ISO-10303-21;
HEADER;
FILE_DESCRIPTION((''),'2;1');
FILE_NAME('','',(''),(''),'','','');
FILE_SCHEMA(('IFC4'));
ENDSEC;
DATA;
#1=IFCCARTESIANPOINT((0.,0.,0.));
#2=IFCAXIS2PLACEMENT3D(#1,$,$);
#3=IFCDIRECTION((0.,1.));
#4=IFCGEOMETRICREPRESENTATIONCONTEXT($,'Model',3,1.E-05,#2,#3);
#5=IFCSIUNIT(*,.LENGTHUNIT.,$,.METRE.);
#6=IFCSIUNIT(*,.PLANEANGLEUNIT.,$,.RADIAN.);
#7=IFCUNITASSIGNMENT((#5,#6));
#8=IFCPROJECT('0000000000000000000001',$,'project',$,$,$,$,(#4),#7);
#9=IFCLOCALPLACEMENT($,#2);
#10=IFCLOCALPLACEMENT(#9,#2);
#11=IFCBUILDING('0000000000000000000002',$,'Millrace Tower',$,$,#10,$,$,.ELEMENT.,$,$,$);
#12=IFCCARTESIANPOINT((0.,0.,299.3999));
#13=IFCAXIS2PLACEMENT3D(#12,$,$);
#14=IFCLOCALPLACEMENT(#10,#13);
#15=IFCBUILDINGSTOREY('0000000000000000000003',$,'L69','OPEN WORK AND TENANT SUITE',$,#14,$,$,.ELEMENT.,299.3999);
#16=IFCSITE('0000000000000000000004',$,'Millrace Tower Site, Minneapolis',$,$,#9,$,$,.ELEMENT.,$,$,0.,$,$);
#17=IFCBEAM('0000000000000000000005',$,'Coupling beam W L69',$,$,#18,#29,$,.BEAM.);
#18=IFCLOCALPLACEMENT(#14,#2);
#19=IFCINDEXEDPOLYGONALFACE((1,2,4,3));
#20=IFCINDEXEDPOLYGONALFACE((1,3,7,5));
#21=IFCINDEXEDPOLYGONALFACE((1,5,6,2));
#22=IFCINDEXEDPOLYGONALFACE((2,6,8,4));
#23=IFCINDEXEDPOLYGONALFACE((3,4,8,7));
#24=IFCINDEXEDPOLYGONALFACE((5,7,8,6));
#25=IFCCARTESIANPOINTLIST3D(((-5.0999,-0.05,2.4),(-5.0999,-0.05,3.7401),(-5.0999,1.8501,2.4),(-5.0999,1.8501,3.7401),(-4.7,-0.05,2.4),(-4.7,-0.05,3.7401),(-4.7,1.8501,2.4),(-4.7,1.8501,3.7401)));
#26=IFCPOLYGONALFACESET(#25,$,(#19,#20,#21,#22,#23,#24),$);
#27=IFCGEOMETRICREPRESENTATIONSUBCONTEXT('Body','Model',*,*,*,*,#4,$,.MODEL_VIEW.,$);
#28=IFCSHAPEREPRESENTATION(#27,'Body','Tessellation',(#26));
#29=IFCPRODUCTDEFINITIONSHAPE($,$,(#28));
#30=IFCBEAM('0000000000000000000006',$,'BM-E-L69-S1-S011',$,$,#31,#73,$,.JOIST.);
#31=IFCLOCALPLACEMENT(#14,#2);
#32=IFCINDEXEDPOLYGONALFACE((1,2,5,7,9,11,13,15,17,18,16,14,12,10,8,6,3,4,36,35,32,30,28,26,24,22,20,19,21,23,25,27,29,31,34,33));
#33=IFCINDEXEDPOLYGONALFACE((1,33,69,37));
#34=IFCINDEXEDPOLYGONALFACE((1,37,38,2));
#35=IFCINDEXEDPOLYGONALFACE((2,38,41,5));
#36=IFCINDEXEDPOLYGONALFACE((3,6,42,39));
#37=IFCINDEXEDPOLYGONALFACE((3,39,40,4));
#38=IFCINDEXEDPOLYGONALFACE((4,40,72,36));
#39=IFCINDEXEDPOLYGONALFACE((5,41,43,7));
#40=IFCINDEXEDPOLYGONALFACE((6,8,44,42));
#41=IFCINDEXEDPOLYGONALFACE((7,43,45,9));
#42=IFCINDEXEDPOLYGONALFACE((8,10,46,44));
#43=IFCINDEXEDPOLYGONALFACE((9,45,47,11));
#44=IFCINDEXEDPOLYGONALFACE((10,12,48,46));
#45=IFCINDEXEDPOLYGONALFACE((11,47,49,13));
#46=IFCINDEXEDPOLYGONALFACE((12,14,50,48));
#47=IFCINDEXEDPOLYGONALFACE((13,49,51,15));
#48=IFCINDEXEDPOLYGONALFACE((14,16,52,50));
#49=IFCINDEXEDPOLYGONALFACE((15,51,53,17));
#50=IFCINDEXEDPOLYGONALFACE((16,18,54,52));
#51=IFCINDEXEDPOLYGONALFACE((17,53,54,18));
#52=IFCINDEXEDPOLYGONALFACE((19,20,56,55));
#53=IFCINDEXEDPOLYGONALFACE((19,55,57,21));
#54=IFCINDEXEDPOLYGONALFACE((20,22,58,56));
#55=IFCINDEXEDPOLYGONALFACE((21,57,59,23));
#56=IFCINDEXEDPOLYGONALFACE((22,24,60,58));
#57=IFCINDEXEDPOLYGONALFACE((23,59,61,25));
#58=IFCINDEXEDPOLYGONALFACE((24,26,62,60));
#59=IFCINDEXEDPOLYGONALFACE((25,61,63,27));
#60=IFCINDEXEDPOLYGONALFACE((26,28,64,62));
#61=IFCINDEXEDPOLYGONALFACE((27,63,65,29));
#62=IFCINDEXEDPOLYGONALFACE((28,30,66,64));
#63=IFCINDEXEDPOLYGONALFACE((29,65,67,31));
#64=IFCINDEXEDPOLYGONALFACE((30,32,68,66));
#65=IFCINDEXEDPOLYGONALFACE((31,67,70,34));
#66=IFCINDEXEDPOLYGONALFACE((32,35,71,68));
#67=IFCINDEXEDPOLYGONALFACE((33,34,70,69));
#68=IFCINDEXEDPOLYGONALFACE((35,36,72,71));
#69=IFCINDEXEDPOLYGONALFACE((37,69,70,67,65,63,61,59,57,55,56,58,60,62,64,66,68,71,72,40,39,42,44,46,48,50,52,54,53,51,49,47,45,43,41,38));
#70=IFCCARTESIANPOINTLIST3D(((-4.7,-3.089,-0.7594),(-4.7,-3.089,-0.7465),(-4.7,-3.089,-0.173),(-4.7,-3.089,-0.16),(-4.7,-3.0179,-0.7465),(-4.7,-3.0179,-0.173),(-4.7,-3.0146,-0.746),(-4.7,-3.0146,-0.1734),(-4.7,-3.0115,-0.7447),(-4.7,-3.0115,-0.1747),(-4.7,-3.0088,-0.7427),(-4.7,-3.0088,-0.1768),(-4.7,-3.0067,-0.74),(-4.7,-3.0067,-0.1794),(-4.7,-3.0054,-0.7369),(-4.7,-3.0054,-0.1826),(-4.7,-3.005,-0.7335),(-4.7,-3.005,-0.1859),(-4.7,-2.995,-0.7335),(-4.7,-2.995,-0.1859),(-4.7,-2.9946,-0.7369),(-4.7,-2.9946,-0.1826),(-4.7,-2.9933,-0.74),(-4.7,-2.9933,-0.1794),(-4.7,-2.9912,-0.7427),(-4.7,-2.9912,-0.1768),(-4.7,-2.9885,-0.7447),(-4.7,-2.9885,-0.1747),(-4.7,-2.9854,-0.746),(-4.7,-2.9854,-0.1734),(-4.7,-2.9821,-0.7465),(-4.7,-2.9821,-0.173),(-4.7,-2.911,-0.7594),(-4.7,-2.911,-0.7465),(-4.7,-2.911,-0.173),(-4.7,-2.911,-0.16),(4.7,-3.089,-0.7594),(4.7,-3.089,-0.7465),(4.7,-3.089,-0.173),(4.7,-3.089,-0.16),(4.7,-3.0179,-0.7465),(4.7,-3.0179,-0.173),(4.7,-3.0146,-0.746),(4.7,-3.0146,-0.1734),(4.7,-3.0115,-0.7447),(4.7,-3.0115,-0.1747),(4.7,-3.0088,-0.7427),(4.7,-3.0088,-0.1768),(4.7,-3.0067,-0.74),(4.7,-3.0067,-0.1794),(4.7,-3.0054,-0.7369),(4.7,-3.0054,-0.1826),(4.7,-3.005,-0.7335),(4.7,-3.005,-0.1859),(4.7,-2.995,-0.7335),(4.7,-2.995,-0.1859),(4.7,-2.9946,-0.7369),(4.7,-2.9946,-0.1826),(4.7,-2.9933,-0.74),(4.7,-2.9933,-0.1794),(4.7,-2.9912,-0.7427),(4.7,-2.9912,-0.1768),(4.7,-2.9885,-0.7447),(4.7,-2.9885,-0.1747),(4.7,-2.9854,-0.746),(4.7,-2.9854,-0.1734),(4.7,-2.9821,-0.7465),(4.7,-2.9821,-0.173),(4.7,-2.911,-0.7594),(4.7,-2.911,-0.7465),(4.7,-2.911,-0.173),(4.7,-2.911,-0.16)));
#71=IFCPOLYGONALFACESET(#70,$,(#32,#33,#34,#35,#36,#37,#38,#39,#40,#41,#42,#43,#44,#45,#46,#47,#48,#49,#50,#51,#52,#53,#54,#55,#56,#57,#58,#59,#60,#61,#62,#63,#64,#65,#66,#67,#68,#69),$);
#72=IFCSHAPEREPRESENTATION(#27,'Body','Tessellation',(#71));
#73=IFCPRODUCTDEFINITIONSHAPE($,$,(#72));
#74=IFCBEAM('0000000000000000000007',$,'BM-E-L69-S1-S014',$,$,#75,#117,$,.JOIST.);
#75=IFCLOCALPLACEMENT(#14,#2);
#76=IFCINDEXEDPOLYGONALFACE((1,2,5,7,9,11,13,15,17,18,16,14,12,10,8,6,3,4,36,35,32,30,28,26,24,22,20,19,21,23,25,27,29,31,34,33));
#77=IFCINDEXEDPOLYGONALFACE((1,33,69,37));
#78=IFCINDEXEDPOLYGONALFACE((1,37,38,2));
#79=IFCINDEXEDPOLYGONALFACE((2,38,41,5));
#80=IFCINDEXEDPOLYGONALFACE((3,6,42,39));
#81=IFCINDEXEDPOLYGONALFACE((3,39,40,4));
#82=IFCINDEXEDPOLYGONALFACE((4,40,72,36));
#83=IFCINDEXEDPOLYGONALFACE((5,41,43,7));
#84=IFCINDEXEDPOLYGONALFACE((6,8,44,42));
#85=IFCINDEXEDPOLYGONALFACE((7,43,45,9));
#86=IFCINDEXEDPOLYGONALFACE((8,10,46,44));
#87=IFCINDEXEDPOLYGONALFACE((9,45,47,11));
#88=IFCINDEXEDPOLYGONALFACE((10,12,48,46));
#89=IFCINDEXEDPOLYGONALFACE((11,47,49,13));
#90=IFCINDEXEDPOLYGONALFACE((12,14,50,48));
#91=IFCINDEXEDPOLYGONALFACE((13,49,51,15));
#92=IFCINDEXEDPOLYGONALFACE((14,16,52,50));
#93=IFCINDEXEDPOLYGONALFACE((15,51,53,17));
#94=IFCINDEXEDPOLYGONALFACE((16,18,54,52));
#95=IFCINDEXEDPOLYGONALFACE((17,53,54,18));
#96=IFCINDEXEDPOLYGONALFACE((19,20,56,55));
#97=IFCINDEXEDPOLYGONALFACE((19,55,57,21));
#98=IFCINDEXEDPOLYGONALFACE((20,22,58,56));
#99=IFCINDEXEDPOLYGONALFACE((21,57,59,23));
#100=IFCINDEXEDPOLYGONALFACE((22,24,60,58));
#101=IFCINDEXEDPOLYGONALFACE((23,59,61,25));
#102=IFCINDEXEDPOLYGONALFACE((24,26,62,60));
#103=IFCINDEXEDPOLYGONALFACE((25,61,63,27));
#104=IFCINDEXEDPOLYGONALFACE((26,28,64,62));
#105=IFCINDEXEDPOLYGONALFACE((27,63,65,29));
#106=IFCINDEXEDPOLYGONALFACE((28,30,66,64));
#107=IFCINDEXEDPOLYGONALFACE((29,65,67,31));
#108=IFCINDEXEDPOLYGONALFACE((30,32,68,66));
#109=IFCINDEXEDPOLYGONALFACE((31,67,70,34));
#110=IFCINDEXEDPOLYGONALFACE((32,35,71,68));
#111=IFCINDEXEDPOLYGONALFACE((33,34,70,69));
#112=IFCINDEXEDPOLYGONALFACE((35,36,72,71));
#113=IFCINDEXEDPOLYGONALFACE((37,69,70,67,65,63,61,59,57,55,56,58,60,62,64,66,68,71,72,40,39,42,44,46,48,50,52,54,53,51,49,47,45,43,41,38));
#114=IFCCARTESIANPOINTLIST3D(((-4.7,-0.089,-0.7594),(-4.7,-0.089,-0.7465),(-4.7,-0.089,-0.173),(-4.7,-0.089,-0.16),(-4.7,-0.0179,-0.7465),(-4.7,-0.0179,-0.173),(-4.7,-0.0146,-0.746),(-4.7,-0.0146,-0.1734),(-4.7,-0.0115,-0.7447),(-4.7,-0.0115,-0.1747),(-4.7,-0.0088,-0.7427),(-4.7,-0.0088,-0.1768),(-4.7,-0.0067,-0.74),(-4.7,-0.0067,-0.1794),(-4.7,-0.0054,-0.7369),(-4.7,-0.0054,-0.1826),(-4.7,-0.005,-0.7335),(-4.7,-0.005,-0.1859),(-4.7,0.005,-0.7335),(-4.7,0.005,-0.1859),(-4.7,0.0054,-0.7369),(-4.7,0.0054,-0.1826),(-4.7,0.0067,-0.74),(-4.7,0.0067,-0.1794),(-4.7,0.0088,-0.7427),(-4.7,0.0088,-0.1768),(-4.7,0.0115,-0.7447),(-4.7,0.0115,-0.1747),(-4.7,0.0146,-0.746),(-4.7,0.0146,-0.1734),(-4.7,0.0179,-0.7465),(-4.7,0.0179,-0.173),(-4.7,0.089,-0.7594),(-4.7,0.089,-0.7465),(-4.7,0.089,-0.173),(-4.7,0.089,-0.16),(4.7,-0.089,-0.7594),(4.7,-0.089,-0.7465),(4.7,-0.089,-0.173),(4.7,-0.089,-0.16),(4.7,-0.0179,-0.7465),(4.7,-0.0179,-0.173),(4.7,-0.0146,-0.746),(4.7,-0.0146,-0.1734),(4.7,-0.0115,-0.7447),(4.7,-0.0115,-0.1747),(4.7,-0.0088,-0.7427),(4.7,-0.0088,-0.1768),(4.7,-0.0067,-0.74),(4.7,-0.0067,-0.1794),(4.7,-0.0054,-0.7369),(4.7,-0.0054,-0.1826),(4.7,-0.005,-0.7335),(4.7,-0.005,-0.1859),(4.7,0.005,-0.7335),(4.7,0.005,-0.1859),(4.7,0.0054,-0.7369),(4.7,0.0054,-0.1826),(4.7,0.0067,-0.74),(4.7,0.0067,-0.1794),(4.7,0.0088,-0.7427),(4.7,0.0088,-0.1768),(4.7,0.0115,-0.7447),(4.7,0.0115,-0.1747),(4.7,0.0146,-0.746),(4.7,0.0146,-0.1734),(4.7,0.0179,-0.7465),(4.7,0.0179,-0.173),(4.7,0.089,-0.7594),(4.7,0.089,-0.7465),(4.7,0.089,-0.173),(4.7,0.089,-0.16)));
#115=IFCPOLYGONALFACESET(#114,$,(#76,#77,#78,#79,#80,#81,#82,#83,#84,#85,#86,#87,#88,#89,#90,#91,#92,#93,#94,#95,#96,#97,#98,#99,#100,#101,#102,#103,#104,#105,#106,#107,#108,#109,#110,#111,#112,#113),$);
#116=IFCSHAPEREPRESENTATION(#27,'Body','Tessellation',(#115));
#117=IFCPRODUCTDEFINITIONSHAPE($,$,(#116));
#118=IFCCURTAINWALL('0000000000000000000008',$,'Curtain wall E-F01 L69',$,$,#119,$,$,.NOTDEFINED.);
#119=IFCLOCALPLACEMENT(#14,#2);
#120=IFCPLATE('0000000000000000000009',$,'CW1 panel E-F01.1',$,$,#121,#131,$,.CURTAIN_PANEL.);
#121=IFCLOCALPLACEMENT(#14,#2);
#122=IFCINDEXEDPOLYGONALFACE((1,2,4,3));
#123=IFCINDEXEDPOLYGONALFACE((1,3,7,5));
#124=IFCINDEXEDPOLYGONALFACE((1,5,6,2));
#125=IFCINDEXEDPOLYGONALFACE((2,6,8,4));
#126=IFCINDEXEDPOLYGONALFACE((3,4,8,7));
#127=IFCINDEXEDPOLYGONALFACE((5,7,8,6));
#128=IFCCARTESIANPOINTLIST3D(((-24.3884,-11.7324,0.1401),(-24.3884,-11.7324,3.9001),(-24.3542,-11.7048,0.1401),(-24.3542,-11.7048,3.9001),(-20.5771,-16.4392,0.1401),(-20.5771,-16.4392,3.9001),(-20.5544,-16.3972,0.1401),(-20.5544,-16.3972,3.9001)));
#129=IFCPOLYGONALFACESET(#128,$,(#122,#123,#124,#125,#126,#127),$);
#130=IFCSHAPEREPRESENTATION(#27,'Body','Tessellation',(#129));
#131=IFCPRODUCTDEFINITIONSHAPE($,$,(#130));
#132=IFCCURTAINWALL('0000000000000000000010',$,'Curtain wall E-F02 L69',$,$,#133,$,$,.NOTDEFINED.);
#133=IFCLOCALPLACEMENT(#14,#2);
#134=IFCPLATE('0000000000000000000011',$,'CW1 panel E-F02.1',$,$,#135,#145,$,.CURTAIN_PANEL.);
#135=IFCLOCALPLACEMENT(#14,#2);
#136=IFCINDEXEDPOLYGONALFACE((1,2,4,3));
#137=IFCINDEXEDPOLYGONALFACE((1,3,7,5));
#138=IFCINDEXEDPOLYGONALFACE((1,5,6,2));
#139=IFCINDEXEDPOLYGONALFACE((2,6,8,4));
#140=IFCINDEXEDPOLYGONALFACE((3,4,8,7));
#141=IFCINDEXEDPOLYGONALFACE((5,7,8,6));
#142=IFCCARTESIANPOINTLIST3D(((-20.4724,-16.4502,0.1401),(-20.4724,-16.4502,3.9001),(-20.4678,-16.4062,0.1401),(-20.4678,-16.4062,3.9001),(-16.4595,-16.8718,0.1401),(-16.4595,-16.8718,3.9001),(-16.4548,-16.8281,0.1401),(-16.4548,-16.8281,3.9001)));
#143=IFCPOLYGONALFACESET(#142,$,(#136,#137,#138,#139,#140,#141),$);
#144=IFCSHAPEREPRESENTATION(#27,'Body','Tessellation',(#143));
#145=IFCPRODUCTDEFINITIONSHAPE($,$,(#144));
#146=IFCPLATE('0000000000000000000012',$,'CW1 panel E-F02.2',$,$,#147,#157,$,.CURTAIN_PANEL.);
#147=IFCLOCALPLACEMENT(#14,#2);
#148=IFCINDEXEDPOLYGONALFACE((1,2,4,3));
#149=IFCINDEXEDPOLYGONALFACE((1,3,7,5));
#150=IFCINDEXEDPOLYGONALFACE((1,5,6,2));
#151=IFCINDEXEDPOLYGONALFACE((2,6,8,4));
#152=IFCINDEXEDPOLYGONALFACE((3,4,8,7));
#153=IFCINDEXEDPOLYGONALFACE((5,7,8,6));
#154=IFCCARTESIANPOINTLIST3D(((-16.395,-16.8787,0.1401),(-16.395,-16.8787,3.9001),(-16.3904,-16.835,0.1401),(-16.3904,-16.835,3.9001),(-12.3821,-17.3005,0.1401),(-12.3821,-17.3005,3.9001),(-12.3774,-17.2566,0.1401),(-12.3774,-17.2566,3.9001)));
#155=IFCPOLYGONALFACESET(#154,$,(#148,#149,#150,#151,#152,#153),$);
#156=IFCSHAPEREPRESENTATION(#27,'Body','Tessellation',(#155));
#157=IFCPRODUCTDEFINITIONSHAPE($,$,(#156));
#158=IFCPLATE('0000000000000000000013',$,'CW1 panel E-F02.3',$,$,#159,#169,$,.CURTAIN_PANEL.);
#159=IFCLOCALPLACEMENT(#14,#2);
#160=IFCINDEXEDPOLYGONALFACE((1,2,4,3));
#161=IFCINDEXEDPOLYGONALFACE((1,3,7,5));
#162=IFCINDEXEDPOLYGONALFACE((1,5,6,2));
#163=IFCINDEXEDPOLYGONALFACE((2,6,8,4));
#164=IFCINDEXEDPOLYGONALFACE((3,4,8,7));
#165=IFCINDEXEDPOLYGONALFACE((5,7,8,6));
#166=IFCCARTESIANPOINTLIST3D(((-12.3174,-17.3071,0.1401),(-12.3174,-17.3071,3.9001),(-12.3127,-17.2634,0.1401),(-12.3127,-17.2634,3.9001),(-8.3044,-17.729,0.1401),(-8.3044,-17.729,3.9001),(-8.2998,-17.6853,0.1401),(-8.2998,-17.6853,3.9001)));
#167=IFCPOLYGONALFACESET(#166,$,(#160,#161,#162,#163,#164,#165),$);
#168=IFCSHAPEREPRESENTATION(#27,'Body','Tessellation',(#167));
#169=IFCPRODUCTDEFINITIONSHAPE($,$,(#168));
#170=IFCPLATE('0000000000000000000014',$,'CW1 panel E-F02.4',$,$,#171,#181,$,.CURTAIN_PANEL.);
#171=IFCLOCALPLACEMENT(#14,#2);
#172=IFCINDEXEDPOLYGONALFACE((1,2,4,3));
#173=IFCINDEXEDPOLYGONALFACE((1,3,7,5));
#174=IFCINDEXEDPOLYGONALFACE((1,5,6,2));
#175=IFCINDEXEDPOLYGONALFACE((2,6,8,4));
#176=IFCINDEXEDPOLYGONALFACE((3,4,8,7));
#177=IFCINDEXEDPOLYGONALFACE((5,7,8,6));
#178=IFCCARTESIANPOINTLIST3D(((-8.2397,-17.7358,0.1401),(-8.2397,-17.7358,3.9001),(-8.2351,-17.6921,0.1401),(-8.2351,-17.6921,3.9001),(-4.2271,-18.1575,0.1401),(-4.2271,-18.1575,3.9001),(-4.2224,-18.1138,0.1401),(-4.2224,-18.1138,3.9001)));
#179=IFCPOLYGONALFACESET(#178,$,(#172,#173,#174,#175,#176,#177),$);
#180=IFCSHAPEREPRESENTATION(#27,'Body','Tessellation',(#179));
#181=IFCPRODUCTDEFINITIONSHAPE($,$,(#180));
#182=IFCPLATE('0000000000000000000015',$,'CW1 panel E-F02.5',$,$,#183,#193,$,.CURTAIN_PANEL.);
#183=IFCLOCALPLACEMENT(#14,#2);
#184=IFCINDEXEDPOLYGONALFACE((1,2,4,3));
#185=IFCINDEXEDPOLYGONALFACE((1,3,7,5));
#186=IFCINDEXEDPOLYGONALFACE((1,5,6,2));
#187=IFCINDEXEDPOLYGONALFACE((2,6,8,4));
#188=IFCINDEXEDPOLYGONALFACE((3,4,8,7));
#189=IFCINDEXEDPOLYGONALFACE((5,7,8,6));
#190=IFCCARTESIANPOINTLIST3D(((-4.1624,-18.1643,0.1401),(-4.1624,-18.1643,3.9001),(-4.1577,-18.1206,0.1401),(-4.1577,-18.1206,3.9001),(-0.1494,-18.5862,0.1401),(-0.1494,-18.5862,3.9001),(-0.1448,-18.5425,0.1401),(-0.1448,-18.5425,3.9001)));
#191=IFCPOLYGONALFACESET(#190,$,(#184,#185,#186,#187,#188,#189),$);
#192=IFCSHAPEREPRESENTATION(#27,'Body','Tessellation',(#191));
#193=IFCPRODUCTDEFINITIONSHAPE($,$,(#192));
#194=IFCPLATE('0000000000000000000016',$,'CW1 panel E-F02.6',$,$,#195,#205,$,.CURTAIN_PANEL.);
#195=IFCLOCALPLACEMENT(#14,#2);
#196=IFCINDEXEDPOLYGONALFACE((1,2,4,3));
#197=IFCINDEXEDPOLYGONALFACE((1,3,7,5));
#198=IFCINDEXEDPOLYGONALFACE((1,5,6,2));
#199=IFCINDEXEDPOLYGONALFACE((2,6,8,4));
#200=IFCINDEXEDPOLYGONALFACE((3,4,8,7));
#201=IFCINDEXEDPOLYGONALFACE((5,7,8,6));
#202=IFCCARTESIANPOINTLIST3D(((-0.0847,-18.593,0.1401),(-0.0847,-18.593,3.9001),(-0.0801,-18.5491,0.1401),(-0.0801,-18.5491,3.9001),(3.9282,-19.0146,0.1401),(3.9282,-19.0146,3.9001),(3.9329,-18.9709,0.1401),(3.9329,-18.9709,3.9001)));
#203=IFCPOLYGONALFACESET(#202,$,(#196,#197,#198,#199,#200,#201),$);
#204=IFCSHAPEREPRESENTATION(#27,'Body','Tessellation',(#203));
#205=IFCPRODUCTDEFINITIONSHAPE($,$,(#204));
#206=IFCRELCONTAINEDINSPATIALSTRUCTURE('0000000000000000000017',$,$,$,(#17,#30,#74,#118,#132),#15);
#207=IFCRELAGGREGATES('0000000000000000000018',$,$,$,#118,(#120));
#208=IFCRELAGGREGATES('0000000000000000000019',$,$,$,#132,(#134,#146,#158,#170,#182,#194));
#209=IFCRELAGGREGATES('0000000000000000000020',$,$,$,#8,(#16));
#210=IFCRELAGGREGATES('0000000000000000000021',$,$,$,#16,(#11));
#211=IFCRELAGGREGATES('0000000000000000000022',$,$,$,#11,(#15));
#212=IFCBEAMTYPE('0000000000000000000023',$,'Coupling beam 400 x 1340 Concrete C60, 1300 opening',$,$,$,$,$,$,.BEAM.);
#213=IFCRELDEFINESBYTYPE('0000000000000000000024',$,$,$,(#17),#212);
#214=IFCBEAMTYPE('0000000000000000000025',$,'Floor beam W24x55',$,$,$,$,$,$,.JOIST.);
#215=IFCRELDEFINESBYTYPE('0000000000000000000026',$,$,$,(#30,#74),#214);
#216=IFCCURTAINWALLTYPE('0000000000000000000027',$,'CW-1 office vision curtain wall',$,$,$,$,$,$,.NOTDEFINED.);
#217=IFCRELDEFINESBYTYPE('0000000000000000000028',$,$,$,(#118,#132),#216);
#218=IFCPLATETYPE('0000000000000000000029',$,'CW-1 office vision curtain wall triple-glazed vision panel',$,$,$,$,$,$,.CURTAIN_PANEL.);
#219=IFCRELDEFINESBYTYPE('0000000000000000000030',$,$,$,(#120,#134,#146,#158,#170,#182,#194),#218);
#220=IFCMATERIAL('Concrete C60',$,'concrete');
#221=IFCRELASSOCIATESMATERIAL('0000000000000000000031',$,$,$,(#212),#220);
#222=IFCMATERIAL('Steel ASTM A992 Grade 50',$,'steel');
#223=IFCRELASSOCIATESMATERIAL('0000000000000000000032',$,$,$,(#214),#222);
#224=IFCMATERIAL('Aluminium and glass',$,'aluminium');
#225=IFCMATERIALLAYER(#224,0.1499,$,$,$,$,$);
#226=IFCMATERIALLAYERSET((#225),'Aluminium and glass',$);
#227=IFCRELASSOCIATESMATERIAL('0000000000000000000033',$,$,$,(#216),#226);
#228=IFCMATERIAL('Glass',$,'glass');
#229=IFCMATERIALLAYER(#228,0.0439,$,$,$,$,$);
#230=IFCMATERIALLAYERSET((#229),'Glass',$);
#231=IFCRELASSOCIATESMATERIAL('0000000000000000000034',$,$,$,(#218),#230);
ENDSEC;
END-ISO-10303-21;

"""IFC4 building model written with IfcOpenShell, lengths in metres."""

from ifc_helpers import new_model, si_unit, direction, frame, origin, origin_2d, place, context, subcontext, project, spatial, polyline, rectangle, i_section, outline, extrude, material, layer, layer_set, material_profile, profile_set, type_object, element, aggregate, save


model = new_model("IFC4")

# Units and contexts
model_context = context("Model", 3, precision=1e-05, world=origin(), true_north=direction((0.0, 1.0)))
body_context = subcontext(model_context, "Body", "Model", "MODEL_VIEW")
ifc_project = project(units=[si_unit("LENGTHUNIT", "METRE"), si_unit("PLANEANGLEUNIT", "RADIAN")], contexts=[model_context])

# Site, building, storey
site_placement = place(None, origin())
site = spatial("IfcSite", under=ifc_project, at=site_placement, Name="Millrace Tower Site, Minneapolis", CompositionType="ELEMENT", RefElevation=0.0)
building_placement = place(site_placement, origin())
building = spatial("IfcBuilding", under=site, at=building_placement, Name="Millrace Tower", CompositionType="ELEMENT")
storey_placement = place(building_placement, frame((0.0, 0.0, 299.3999)))
storey = spatial("IfcBuildingStorey", under=building, at=storey_placement, Name="L69", Description="OPEN WORK AND TENANT SUITE", CompositionType="ELEMENT", Elevation=299.3999)

# Beams
ifc_material_1 = material(Name="Concrete C60", Category="concrete")
ifc_material_profile_1 = material_profile(ifc_material_1, rectangle(XDim=0.3999, YDim=1.3401, at=origin_2d()))
ifc_profile_set_1 = profile_set([ifc_material_profile_1], Name="Concrete C60")
beam_type_1 = type_object("IfcBeamType", Name="Coupling beam 400 x 1340 Concrete C60, 1300 opening", PredefinedType="BEAM", material=ifc_profile_set_1)
beam_placement = place(storey_placement, frame((-4.8999, -0.05, 3.0701), z_axis=(0.0, 1.0, 0.0), x_axis=(-1.0, 0.0, 0.0)))
element("IfcBeam", 1, at=beam_placement, inside=storey, type_object=beam_type_1, Name="Coupling beam W L69", PredefinedType="BEAM", context=body_context, shape_type="SweptSolid", body=[
    extrude(rectangle(XDim=0.3999, YDim=1.3401, at=origin_2d()), origin(), (0.0, 0.0, 1.0), 1.9001),
])
ifc_material_2 = material(Name="Steel ASTM A992 Grade 50", Category="steel")
ifc_material_profile_2 = material_profile(ifc_material_2, i_section(OverallWidth=0.178, OverallDepth=0.5994, WebThickness=0.01, FlangeThickness=0.0129, FilletRadius=0.0129, at=origin_2d()))
ifc_profile_set_2 = profile_set([ifc_material_profile_2], Name="Steel ASTM A992 Grade 50")
beam_type_2 = type_object("IfcBeamType", Name="Floor beam W24x55", PredefinedType="JOIST", material=ifc_profile_set_2)
for number, where, z_axis, x_axis, name in (
    (2, (-4.7, -3.0, -0.4597), (1.0, 0.0, 0.0), (0.0, 1.0, 0.0), "BM-E-L69-S1-S011"),
    (3, (-4.7, 0.0, -0.4597), (1.0, 0.0, 0.0), (0.0, 1.0, 0.0), "BM-E-L69-S1-S014"),
):
    element("IfcBeam", number, at=place(storey_placement, frame(where, z_axis=z_axis, x_axis=x_axis)), inside=storey, type_object=beam_type_2, Name=name, PredefinedType="JOIST", context=body_context, shape_type="SweptSolid", body=[
        extrude(i_section(OverallWidth=0.178, OverallDepth=0.5994, WebThickness=0.01, FlangeThickness=0.0129, FilletRadius=0.0129, at=origin_2d()), origin(), (0.0, 0.0, 1.0), 9.3999),
    ])

# Curtain wall, plate
ifc_material_3 = material(Name="Aluminium and glass", Category="aluminium")
ifc_layer_1 = layer(ifc_material_3, 0.1499)
ifc_layer_set_1 = layer_set([ifc_layer_1], Name="Aluminium and glass")
curtain_wall_type = type_object("IfcCurtainWallType", Name="CW-1 office vision curtain wall", PredefinedType="NOTDEFINED", material=ifc_layer_set_1)
placement_1 = place(storey_placement, origin())
curtain_wall_1 = element("IfcCurtainWall", 4, at=placement_1, inside=storey, type_object=curtain_wall_type, Name="Curtain wall E-F01 L69", PredefinedType="NOTDEFINED")
ifc_material_4 = material(Name="Glass", Category="glass")
ifc_layer_2 = layer(ifc_material_4, 0.0439)
ifc_layer_set_2 = layer_set([ifc_layer_2], Name="Glass")
plate_type = type_object("IfcPlateType", Name="CW-1 office vision curtain wall triple-glazed vision panel", PredefinedType="CURTAIN_PANEL", material=ifc_layer_set_2)
placement_2 = place(storey_placement, frame((0.0, 0.0, 0.1401)))
plate_1 = element("IfcPlate", 5, at=placement_2, type_object=plate_type, Name="CW1 panel E-F01.1", PredefinedType="CURTAIN_PANEL", context=body_context, shape_type="SweptSolid", body=[
    extrude(outline(polyline([(-24.3884, -11.7324), (-20.5771, -16.4392), (-20.5544, -16.3972), (-24.3542, -11.7048), (-24.3884, -11.7324)])), origin(), (0.0, 0.0, 1.0), 3.76),
])
aggregate(curtain_wall_1, [plate_1])

# Curtain wall, plates
curtain_wall_2 = element("IfcCurtainWall", 6, at=placement_1, inside=storey, type_object=curtain_wall_type, Name="Curtain wall E-F02 L69", PredefinedType="NOTDEFINED")
plate_2 = element("IfcPlate", 7, at=placement_2, type_object=plate_type, Name="CW1 panel E-F02.1", PredefinedType="CURTAIN_PANEL", context=body_context, shape_type="SweptSolid", body=[
    extrude(outline(polyline([(-20.4724, -16.4502), (-16.4595, -16.8718), (-16.4548, -16.8281), (-20.4678, -16.4062), (-20.4724, -16.4502)])), origin(), (0.0, 0.0, 1.0), 3.76),
])
plate_3 = element("IfcPlate", 8, at=placement_2, type_object=plate_type, Name="CW1 panel E-F02.2", PredefinedType="CURTAIN_PANEL", context=body_context, shape_type="SweptSolid", body=[
    extrude(outline(polyline([(-16.395, -16.8787), (-12.3821, -17.3005), (-12.3774, -17.2566), (-16.3904, -16.835), (-16.395, -16.8787)])), origin(), (0.0, 0.0, 1.0), 3.76),
])
plate_4 = element("IfcPlate", 9, at=placement_2, type_object=plate_type, Name="CW1 panel E-F02.3", PredefinedType="CURTAIN_PANEL", context=body_context, shape_type="SweptSolid", body=[
    extrude(outline(polyline([(-12.3174, -17.3071), (-8.3044, -17.729), (-8.2998, -17.6853), (-12.3127, -17.2634), (-12.3174, -17.3071)])), origin(), (0.0, 0.0, 1.0), 3.76),
])
plate_5 = element("IfcPlate", 10, at=placement_2, type_object=plate_type, Name="CW1 panel E-F02.4", PredefinedType="CURTAIN_PANEL", context=body_context, shape_type="SweptSolid", body=[
    extrude(outline(polyline([(-8.2397, -17.7358), (-4.2271, -18.1575), (-4.2224, -18.1138), (-8.2351, -17.6921), (-8.2397, -17.7358)])), origin(), (0.0, 0.0, 1.0), 3.76),
])
plate_6 = element("IfcPlate", 11, at=placement_2, type_object=plate_type, Name="CW1 panel E-F02.5", PredefinedType="CURTAIN_PANEL", context=body_context, shape_type="SweptSolid", body=[
    extrude(outline(polyline([(-4.1624, -18.1643), (-0.1494, -18.5862), (-0.1448, -18.5425), (-4.1577, -18.1206), (-4.1624, -18.1643)])), origin(), (0.0, 0.0, 1.0), 3.76),
])
plate_7 = element("IfcPlate", 12, at=placement_2, type_object=plate_type, Name="CW1 panel E-F02.6", PredefinedType="CURTAIN_PANEL", context=body_context, shape_type="SweptSolid", body=[
    extrude(outline(polyline([(-0.0847, -18.593), (3.9282, -19.0146), (3.9329, -18.9709), (-0.0801, -18.5491), (-0.0847, -18.593)])), origin(), (0.0, 0.0, 1.0), 3.76),
])
aggregate(curtain_wall_2, [plate_2, plate_3, plate_4, plate_5, plate_6, plate_7])

save(model, "model.ifc")
